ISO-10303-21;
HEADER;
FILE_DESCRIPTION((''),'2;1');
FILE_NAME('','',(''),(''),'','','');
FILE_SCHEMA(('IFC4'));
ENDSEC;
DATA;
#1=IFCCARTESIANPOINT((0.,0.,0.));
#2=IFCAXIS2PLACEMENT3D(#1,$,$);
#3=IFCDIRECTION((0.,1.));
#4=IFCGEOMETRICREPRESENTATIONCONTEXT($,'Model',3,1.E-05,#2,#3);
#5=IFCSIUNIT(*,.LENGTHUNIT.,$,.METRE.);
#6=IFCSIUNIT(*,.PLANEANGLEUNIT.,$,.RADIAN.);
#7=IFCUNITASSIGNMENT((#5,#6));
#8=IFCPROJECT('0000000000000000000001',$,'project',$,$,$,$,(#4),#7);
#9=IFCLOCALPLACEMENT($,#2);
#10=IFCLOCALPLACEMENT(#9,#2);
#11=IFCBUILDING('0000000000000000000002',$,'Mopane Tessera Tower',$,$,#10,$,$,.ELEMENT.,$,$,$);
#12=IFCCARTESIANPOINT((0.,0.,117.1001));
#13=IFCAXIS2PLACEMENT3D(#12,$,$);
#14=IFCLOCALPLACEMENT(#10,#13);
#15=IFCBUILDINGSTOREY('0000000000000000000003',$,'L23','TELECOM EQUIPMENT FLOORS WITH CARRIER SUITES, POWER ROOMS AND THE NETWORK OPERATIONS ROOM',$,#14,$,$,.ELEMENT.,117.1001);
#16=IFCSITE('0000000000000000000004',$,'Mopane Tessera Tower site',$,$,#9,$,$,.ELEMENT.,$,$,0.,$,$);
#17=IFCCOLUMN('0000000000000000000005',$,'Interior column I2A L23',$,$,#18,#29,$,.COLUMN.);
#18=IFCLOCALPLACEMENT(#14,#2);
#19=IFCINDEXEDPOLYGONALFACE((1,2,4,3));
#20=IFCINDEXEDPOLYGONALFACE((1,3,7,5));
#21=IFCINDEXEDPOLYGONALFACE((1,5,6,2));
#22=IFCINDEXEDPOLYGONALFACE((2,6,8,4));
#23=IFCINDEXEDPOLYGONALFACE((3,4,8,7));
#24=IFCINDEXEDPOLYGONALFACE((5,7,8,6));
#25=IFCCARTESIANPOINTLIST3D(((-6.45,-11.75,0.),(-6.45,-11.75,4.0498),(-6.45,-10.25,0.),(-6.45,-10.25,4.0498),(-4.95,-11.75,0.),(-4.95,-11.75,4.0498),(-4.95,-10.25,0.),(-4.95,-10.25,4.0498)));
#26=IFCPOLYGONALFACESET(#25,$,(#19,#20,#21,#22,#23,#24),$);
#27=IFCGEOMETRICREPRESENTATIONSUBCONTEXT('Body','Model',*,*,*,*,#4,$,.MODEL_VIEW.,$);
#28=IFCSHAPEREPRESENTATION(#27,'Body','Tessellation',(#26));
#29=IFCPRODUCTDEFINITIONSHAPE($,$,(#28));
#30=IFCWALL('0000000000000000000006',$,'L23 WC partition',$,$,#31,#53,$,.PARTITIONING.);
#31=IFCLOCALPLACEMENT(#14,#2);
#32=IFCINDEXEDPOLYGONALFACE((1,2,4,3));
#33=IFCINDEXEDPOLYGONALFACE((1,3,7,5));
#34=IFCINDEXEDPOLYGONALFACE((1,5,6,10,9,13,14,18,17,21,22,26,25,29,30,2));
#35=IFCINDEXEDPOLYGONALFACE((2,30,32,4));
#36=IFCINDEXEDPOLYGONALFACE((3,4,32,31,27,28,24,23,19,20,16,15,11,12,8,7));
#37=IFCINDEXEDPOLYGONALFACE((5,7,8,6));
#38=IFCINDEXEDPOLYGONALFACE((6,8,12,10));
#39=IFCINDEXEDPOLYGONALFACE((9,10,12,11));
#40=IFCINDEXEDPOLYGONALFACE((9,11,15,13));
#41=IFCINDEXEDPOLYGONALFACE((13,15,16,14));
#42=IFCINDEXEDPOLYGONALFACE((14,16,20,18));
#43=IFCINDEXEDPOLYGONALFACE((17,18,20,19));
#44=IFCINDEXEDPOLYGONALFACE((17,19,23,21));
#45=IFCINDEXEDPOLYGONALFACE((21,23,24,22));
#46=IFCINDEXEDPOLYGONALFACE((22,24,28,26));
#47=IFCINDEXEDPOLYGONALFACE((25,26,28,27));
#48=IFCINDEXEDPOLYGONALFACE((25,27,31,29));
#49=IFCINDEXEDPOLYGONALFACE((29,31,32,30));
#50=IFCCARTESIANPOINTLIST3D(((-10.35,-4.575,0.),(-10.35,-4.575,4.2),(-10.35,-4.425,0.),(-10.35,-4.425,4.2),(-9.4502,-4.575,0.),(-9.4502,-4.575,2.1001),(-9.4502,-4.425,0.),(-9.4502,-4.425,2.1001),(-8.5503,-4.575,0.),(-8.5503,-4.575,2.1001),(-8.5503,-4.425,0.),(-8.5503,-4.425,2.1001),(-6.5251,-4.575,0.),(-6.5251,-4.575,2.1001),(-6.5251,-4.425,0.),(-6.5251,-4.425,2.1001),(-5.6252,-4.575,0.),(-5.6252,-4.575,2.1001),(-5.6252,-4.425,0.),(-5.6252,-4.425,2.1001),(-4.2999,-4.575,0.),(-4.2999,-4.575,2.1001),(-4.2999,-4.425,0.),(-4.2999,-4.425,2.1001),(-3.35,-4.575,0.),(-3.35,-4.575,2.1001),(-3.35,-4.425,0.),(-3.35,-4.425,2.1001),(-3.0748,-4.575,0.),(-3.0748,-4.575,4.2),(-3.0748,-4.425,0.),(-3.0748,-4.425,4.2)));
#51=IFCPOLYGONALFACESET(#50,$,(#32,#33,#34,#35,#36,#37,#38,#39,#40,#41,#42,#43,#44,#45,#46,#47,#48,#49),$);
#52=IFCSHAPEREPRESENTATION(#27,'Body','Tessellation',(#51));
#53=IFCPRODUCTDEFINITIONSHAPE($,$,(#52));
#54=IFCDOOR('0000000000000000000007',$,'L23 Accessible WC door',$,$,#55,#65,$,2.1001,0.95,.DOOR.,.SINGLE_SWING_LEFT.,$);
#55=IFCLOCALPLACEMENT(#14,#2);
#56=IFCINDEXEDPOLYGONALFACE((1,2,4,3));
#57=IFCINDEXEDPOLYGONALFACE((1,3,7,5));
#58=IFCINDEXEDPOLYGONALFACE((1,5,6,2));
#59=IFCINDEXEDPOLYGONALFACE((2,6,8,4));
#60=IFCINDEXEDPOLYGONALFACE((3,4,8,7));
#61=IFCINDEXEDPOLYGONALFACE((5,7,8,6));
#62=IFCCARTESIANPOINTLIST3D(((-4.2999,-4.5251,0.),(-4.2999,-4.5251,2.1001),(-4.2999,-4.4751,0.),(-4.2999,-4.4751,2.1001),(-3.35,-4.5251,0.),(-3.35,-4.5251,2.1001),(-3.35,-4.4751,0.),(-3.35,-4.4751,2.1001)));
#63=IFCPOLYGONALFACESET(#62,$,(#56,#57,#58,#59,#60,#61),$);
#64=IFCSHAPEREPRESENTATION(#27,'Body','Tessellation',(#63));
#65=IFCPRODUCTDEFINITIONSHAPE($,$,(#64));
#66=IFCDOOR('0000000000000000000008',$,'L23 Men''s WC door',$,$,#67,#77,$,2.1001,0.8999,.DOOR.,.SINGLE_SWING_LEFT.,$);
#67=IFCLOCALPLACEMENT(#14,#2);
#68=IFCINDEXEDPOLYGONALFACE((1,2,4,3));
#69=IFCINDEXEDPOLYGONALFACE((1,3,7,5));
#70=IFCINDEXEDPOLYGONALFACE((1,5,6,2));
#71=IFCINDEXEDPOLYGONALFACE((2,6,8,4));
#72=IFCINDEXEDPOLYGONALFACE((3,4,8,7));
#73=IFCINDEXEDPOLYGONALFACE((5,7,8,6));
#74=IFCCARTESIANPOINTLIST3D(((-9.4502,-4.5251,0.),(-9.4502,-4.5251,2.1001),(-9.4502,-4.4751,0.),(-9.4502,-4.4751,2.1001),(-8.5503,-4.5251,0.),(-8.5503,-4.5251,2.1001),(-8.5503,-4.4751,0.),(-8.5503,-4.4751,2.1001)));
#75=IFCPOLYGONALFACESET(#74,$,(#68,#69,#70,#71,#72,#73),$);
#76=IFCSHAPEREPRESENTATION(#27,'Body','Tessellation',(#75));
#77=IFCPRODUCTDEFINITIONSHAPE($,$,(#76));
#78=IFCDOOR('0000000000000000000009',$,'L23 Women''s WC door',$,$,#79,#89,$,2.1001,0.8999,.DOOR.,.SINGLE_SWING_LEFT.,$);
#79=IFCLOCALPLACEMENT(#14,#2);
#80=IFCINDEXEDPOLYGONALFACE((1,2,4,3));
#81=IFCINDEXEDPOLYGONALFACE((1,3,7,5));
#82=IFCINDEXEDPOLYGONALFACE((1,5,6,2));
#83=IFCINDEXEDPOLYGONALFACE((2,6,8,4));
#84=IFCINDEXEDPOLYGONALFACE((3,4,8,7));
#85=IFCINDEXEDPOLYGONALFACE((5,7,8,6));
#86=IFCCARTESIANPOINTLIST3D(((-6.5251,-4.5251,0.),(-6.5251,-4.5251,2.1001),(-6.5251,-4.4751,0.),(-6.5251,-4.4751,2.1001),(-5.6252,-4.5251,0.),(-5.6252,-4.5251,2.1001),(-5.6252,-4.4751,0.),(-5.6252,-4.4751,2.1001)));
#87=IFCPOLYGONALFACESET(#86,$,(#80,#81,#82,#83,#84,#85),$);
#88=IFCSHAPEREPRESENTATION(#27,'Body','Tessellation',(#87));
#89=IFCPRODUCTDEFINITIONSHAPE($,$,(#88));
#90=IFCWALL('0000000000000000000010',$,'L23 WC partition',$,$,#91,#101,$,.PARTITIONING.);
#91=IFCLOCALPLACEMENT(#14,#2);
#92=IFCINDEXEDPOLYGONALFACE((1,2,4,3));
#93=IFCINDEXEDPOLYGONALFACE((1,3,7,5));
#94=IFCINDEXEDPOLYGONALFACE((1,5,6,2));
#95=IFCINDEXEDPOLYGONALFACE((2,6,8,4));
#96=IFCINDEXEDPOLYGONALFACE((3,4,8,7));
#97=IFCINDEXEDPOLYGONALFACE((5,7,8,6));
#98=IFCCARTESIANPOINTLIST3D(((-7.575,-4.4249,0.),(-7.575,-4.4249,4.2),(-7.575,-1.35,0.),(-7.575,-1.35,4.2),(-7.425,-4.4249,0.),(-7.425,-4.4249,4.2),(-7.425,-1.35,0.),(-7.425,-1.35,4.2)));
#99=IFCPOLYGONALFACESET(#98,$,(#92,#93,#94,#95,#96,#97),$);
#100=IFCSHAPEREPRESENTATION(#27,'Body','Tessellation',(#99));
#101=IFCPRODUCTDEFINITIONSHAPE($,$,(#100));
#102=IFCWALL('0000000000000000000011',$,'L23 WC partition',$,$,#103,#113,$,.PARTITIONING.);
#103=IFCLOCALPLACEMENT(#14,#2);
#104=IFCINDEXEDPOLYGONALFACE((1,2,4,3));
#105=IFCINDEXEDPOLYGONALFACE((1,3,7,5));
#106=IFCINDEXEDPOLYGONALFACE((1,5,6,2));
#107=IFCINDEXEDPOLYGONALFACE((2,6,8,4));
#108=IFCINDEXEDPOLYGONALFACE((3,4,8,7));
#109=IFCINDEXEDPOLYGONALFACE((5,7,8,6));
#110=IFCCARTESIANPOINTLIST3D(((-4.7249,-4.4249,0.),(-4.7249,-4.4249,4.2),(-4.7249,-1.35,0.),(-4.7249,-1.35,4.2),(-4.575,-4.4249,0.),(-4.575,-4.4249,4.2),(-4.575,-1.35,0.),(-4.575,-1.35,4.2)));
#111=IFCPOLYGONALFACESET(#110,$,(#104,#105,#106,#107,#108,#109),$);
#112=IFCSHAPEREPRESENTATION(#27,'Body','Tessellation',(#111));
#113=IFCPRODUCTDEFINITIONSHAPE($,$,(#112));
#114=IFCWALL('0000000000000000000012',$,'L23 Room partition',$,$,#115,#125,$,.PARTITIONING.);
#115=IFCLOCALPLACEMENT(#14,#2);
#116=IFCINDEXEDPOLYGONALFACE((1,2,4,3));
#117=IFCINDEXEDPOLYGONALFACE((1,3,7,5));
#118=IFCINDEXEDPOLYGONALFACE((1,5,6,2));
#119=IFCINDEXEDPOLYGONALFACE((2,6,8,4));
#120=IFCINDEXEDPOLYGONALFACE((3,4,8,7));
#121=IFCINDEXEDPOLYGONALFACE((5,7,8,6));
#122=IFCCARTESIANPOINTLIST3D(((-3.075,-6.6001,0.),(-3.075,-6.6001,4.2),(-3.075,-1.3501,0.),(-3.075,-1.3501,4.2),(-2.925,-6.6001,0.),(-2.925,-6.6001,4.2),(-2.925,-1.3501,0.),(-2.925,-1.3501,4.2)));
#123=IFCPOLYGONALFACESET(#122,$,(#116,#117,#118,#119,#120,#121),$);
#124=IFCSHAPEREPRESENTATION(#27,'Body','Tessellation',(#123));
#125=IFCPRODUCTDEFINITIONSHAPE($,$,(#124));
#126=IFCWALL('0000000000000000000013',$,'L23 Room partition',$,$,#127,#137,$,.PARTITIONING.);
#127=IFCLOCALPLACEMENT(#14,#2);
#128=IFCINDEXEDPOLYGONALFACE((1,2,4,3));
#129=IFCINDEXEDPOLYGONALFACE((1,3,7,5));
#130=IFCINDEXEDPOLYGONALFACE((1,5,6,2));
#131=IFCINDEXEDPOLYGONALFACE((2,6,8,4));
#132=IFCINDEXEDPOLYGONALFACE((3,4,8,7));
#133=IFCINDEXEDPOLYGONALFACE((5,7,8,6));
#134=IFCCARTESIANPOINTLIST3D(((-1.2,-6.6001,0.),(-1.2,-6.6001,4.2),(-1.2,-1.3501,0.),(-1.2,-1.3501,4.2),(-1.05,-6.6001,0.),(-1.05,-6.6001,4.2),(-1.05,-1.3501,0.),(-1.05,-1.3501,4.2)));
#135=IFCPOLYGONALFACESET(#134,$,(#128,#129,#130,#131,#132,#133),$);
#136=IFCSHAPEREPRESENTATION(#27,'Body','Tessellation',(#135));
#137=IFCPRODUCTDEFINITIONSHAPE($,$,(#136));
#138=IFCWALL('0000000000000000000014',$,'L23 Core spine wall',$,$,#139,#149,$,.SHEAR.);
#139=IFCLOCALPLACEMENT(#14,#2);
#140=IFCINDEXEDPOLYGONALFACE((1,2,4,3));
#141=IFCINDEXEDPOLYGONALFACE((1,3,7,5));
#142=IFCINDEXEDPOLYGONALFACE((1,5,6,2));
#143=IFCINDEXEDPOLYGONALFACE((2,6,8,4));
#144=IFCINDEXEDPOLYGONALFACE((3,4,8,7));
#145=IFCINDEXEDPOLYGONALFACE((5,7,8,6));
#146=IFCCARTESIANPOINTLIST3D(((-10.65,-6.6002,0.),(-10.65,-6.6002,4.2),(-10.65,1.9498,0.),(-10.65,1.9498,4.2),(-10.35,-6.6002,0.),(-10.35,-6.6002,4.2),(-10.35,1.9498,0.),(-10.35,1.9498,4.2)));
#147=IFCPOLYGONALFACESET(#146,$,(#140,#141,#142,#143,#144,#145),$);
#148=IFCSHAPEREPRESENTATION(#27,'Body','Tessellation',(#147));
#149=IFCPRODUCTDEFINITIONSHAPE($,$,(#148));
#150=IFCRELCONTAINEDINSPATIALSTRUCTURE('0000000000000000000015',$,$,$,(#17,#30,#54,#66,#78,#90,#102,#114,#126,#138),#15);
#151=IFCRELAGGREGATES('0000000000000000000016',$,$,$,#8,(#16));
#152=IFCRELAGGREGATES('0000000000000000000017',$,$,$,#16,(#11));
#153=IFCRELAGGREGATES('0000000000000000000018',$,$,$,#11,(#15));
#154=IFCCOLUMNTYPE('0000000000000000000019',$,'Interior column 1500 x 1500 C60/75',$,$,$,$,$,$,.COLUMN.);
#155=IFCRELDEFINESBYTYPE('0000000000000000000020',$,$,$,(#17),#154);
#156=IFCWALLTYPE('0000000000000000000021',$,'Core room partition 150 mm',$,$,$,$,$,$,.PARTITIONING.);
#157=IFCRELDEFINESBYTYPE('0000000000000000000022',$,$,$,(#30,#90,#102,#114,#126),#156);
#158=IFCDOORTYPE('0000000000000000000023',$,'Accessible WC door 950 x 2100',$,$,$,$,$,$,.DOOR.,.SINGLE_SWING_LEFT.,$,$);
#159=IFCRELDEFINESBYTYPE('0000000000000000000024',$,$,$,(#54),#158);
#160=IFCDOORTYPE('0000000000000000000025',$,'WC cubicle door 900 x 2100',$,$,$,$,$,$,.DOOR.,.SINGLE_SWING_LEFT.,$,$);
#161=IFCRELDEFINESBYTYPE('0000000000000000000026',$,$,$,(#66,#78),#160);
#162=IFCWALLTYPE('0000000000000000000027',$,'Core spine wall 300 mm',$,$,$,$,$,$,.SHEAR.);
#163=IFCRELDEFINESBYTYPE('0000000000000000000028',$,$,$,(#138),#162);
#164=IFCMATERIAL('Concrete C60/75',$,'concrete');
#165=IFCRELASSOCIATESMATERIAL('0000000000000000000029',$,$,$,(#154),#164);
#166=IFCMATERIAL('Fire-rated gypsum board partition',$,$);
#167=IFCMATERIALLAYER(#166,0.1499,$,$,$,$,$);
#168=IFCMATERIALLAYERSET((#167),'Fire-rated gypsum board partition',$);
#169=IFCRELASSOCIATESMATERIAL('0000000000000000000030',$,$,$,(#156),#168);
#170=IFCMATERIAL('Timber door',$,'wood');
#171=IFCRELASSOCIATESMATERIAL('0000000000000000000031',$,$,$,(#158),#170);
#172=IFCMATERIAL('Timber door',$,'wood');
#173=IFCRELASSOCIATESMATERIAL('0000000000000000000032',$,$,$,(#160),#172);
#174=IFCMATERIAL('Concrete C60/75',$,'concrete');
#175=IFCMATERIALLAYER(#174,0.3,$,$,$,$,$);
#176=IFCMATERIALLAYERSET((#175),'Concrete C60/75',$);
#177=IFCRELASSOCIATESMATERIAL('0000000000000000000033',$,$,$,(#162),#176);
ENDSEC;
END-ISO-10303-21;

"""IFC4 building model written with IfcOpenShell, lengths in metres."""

from ifc_helpers import new_model, si_unit, direction, frame, frame_2d, origin, origin_2d, place, context, subcontext, project, spatial, rectangle, extrude, material, layer, layer_set, material_profile, profile_set, type_object, element, fill, save


model = new_model("IFC4")

# Units and contexts
model_context = context("Model", 3, precision=1e-05, world=origin(), true_north=direction((0.0, 1.0)))
body_context = subcontext(model_context, "Body", "Model", "MODEL_VIEW")
ifc_project = project(units=[si_unit("LENGTHUNIT", "METRE"), si_unit("PLANEANGLEUNIT", "RADIAN")], contexts=[model_context])

# Site, building, storey
site_placement = place(None, origin())
site = spatial("IfcSite", under=ifc_project, at=site_placement, Name="Mopane Tessera Tower site", CompositionType="ELEMENT", RefElevation=0.0)
building_placement = place(site_placement, origin())
building = spatial("IfcBuilding", under=site, at=building_placement, Name="Mopane Tessera Tower", CompositionType="ELEMENT")
storey_placement = place(building_placement, frame((0.0, 0.0, 117.1001)))
storey = spatial("IfcBuildingStorey", under=building, at=storey_placement, Name="L23", Description="TELECOM EQUIPMENT FLOORS WITH CARRIER SUITES, POWER ROOMS AND THE NETWORK OPERATIONS ROOM", CompositionType="ELEMENT", Elevation=117.1001)

# Column
ifc_material_1 = material(Name="Concrete C60/75", Category="concrete")
ifc_material_profile = material_profile(ifc_material_1, rectangle(XDim=1.5, YDim=1.5, at=origin_2d()))
ifc_profile_set = profile_set([ifc_material_profile], Name="Concrete C60/75")
column_type = type_object("IfcColumnType", Name="Interior column 1500 x 1500 C60/75", PredefinedType="COLUMN", material=ifc_profile_set)
column_placement = place(storey_placement, frame((-5.7, -11.0, 0.0), z_axis=(0.0, 0.0, 1.0), x_axis=(1.0, 0.0, 0.0)))
element("IfcColumn", 1, at=column_placement, inside=storey, type_object=column_type, Name="Interior column I2A L23", PredefinedType="COLUMN", context=body_context, shape_type="SweptSolid", body=[
    extrude(rectangle(XDim=1.5, YDim=1.5, at=origin_2d()), origin(), (0.0, 0.0, 1.0), 4.0498),
])

# Wall, openings, doors
ifc_material_2 = material(Name="Fire-rated gypsum board partition")
ifc_layer_1 = layer(ifc_material_2, 0.1499)
ifc_layer_set_1 = layer_set([ifc_layer_1], Name="Fire-rated gypsum board partition")
wall_type_1 = type_object("IfcWallType", Name="Core room partition 150 mm", PredefinedType="PARTITIONING", material=ifc_layer_set_1)
wall_1_placement = place(storey_placement, frame((-10.3501, -4.5, 0.0), z_axis=(0.0, 0.0, 1.0), x_axis=(1.0, 0.0, 0.0)))
wall_1 = element("IfcWall", 2, at=wall_1_placement, inside=storey, type_object=wall_type_1, Name="L23 WC partition", PredefinedType="PARTITIONING", context=body_context, shape_type="SweptSolid", body=[
    extrude(rectangle(XDim=7.2751, YDim=0.1499, at=frame_2d((3.6377, 0.0))), origin(), (0.0, 0.0, 1.0), 4.2),
])
opening_1_placement = place(wall_1_placement, frame((0.8999, 0.0, 0.0)))
opening_1 = element("IfcOpeningElement", 3, at=opening_1_placement, cuts=wall_1, PredefinedType="OPENING", context=body_context, shape_type="SweptSolid", body=[
    extrude(rectangle(XDim=0.8999, YDim=2.1001, at=frame_2d((0.45, 1.05))), frame((0.0, 0.0869, 0.0), z_axis=(0.0, -1.0, 0.0), x_axis=(1.0, 0.0, 0.0)), (0.0, 0.0, 1.0), 0.1738),
])
opening_2_placement = place(wall_1_placement, frame((3.825, 0.0, 0.0)))
opening_2 = element("IfcOpeningElement", 4, at=opening_2_placement, cuts=wall_1, PredefinedType="OPENING", context=body_context, shape_type="SweptSolid", body=[
    extrude(rectangle(XDim=0.8999, YDim=2.1001, at=frame_2d((0.45, 1.05))), frame((0.0, 0.0869, 0.0), z_axis=(0.0, -1.0, 0.0), x_axis=(1.0, 0.0, 0.0)), (0.0, 0.0, 1.0), 0.1738),
])
opening_3_placement = place(wall_1_placement, frame((6.05, 0.0, 0.0)))
opening_3 = element("IfcOpeningElement", 5, at=opening_3_placement, cuts=wall_1, PredefinedType="OPENING", context=body_context, shape_type="SweptSolid", body=[
    extrude(rectangle(XDim=0.95, YDim=2.1001, at=frame_2d((0.4751, 1.05))), frame((0.0, 0.0869, 0.0), z_axis=(0.0, -1.0, 0.0), x_axis=(1.0, 0.0, 0.0)), (0.0, 0.0, 1.0), 0.1738),
])
ifc_material_3 = material(Name="Timber door", Category="wood")
door_type_1 = type_object("IfcDoorType", Name="Accessible WC door 950 x 2100", OperationType="SINGLE_SWING_LEFT", PredefinedType="DOOR", material=ifc_material_3)
door_1_placement = place(opening_3_placement, origin())
door_1 = element("IfcDoor", 6, at=door_1_placement, inside=storey, type_object=door_type_1, Name="L23 Accessible WC door", OperationType="SINGLE_SWING_LEFT", OverallHeight=2.1001, OverallWidth=0.95, PredefinedType="DOOR", context=body_context, shape_type="SweptSolid", body=[
    extrude(rectangle(XDim=0.95, YDim=2.1001, at=frame_2d((0.4751, 1.05))), frame((0.0, 0.0249, 0.0), z_axis=(0.0, -1.0, 0.0), x_axis=(1.0, 0.0, 0.0)), (0.0, 0.0, 1.0), 0.05),
])
fill(opening_3, door_1)
ifc_material_4 = material(Name="Timber door", Category="wood")
door_type_2 = type_object("IfcDoorType", Name="WC cubicle door 900 x 2100", OperationType="SINGLE_SWING_LEFT", PredefinedType="DOOR", material=ifc_material_4)
door_2_placement = place(opening_1_placement, origin())
door_2 = element("IfcDoor", 7, at=door_2_placement, inside=storey, type_object=door_type_2, Name="L23 Men's WC door", OperationType="SINGLE_SWING_LEFT", OverallHeight=2.1001, OverallWidth=0.8999, PredefinedType="DOOR", context=body_context, shape_type="SweptSolid", body=[
    extrude(rectangle(XDim=0.8999, YDim=2.1001, at=frame_2d((0.45, 1.05))), frame((0.0, 0.0249, 0.0), z_axis=(0.0, -1.0, 0.0), x_axis=(1.0, 0.0, 0.0)), (0.0, 0.0, 1.0), 0.05),
])
fill(opening_1, door_2)
door_3_placement = place(opening_2_placement, origin())
door_3 = element("IfcDoor", 8, at=door_3_placement, inside=storey, type_object=door_type_2, Name="L23 Women's WC door", OperationType="SINGLE_SWING_LEFT", OverallHeight=2.1001, OverallWidth=0.8999, PredefinedType="DOOR", context=body_context, shape_type="SweptSolid", body=[
    extrude(rectangle(XDim=0.8999, YDim=2.1001, at=frame_2d((0.45, 1.05))), frame((0.0, 0.0249, 0.0), z_axis=(0.0, -1.0, 0.0), x_axis=(1.0, 0.0, 0.0)), (0.0, 0.0, 1.0), 0.05),
])
fill(opening_2, door_3)

# Walls
for number, where, z_axis, x_axis, name in (
    (9, (-7.5, -4.425, 0.0), (0.0, 0.0, 1.0), (0.0, 1.0, 0.0), "L23 WC partition"),
    (10, (-4.6499, -4.425, 0.0), (0.0, 0.0, 1.0), (0.0, 1.0, 0.0), "L23 WC partition"),
):
    element("IfcWall", number, at=place(storey_placement, frame(where, z_axis=z_axis, x_axis=x_axis)), inside=storey, type_object=wall_type_1, Name=name, PredefinedType="PARTITIONING", context=body_context, shape_type="SweptSolid", body=[
        extrude(rectangle(XDim=3.075, YDim=0.1499, at=frame_2d((1.5376, 0.0))), origin(), (0.0, 0.0, 1.0), 4.2),
    ])
for number, where, z_axis, x_axis, name in (
    (11, (-3.0, -6.6001, 0.0), (0.0, 0.0, 1.0), (0.0, 1.0, 0.0), "L23 Room partition"),
    (12, (-1.125, -6.6001, 0.0), (0.0, 0.0, 1.0), (0.0, 1.0, 0.0), "L23 Room partition"),
):
    element("IfcWall", number, at=place(storey_placement, frame(where, z_axis=z_axis, x_axis=x_axis)), inside=storey, type_object=wall_type_1, Name=name, PredefinedType="PARTITIONING", context=body_context, shape_type="SweptSolid", body=[
        extrude(rectangle(XDim=5.25, YDim=0.1499, at=frame_2d((2.625, 0.0))), origin(), (0.0, 0.0, 1.0), 4.2),
    ])
ifc_material_5 = material(Name="Concrete C60/75", Category="concrete")
ifc_layer_2 = layer(ifc_material_5, 0.3)
ifc_layer_set_2 = layer_set([ifc_layer_2], Name="Concrete C60/75")
wall_type_2 = type_object("IfcWallType", Name="Core spine wall 300 mm", PredefinedType="SHEAR", material=ifc_layer_set_2)
wall_2_placement = place(storey_placement, frame((-10.5, -6.6001, 0.0), z_axis=(0.0, 0.0, 1.0), x_axis=(0.0, 1.0, 0.0)))
element("IfcWall", 13, at=wall_2_placement, inside=storey, type_object=wall_type_2, Name="L23 Core spine wall", PredefinedType="SHEAR", context=body_context, shape_type="SweptSolid", body=[
    extrude(rectangle(XDim=8.55, YDim=0.3, at=frame_2d((4.2749, 0.0))), origin(), (0.0, 0.0, 1.0), 4.2),
])

save(model, "model.ifc")
